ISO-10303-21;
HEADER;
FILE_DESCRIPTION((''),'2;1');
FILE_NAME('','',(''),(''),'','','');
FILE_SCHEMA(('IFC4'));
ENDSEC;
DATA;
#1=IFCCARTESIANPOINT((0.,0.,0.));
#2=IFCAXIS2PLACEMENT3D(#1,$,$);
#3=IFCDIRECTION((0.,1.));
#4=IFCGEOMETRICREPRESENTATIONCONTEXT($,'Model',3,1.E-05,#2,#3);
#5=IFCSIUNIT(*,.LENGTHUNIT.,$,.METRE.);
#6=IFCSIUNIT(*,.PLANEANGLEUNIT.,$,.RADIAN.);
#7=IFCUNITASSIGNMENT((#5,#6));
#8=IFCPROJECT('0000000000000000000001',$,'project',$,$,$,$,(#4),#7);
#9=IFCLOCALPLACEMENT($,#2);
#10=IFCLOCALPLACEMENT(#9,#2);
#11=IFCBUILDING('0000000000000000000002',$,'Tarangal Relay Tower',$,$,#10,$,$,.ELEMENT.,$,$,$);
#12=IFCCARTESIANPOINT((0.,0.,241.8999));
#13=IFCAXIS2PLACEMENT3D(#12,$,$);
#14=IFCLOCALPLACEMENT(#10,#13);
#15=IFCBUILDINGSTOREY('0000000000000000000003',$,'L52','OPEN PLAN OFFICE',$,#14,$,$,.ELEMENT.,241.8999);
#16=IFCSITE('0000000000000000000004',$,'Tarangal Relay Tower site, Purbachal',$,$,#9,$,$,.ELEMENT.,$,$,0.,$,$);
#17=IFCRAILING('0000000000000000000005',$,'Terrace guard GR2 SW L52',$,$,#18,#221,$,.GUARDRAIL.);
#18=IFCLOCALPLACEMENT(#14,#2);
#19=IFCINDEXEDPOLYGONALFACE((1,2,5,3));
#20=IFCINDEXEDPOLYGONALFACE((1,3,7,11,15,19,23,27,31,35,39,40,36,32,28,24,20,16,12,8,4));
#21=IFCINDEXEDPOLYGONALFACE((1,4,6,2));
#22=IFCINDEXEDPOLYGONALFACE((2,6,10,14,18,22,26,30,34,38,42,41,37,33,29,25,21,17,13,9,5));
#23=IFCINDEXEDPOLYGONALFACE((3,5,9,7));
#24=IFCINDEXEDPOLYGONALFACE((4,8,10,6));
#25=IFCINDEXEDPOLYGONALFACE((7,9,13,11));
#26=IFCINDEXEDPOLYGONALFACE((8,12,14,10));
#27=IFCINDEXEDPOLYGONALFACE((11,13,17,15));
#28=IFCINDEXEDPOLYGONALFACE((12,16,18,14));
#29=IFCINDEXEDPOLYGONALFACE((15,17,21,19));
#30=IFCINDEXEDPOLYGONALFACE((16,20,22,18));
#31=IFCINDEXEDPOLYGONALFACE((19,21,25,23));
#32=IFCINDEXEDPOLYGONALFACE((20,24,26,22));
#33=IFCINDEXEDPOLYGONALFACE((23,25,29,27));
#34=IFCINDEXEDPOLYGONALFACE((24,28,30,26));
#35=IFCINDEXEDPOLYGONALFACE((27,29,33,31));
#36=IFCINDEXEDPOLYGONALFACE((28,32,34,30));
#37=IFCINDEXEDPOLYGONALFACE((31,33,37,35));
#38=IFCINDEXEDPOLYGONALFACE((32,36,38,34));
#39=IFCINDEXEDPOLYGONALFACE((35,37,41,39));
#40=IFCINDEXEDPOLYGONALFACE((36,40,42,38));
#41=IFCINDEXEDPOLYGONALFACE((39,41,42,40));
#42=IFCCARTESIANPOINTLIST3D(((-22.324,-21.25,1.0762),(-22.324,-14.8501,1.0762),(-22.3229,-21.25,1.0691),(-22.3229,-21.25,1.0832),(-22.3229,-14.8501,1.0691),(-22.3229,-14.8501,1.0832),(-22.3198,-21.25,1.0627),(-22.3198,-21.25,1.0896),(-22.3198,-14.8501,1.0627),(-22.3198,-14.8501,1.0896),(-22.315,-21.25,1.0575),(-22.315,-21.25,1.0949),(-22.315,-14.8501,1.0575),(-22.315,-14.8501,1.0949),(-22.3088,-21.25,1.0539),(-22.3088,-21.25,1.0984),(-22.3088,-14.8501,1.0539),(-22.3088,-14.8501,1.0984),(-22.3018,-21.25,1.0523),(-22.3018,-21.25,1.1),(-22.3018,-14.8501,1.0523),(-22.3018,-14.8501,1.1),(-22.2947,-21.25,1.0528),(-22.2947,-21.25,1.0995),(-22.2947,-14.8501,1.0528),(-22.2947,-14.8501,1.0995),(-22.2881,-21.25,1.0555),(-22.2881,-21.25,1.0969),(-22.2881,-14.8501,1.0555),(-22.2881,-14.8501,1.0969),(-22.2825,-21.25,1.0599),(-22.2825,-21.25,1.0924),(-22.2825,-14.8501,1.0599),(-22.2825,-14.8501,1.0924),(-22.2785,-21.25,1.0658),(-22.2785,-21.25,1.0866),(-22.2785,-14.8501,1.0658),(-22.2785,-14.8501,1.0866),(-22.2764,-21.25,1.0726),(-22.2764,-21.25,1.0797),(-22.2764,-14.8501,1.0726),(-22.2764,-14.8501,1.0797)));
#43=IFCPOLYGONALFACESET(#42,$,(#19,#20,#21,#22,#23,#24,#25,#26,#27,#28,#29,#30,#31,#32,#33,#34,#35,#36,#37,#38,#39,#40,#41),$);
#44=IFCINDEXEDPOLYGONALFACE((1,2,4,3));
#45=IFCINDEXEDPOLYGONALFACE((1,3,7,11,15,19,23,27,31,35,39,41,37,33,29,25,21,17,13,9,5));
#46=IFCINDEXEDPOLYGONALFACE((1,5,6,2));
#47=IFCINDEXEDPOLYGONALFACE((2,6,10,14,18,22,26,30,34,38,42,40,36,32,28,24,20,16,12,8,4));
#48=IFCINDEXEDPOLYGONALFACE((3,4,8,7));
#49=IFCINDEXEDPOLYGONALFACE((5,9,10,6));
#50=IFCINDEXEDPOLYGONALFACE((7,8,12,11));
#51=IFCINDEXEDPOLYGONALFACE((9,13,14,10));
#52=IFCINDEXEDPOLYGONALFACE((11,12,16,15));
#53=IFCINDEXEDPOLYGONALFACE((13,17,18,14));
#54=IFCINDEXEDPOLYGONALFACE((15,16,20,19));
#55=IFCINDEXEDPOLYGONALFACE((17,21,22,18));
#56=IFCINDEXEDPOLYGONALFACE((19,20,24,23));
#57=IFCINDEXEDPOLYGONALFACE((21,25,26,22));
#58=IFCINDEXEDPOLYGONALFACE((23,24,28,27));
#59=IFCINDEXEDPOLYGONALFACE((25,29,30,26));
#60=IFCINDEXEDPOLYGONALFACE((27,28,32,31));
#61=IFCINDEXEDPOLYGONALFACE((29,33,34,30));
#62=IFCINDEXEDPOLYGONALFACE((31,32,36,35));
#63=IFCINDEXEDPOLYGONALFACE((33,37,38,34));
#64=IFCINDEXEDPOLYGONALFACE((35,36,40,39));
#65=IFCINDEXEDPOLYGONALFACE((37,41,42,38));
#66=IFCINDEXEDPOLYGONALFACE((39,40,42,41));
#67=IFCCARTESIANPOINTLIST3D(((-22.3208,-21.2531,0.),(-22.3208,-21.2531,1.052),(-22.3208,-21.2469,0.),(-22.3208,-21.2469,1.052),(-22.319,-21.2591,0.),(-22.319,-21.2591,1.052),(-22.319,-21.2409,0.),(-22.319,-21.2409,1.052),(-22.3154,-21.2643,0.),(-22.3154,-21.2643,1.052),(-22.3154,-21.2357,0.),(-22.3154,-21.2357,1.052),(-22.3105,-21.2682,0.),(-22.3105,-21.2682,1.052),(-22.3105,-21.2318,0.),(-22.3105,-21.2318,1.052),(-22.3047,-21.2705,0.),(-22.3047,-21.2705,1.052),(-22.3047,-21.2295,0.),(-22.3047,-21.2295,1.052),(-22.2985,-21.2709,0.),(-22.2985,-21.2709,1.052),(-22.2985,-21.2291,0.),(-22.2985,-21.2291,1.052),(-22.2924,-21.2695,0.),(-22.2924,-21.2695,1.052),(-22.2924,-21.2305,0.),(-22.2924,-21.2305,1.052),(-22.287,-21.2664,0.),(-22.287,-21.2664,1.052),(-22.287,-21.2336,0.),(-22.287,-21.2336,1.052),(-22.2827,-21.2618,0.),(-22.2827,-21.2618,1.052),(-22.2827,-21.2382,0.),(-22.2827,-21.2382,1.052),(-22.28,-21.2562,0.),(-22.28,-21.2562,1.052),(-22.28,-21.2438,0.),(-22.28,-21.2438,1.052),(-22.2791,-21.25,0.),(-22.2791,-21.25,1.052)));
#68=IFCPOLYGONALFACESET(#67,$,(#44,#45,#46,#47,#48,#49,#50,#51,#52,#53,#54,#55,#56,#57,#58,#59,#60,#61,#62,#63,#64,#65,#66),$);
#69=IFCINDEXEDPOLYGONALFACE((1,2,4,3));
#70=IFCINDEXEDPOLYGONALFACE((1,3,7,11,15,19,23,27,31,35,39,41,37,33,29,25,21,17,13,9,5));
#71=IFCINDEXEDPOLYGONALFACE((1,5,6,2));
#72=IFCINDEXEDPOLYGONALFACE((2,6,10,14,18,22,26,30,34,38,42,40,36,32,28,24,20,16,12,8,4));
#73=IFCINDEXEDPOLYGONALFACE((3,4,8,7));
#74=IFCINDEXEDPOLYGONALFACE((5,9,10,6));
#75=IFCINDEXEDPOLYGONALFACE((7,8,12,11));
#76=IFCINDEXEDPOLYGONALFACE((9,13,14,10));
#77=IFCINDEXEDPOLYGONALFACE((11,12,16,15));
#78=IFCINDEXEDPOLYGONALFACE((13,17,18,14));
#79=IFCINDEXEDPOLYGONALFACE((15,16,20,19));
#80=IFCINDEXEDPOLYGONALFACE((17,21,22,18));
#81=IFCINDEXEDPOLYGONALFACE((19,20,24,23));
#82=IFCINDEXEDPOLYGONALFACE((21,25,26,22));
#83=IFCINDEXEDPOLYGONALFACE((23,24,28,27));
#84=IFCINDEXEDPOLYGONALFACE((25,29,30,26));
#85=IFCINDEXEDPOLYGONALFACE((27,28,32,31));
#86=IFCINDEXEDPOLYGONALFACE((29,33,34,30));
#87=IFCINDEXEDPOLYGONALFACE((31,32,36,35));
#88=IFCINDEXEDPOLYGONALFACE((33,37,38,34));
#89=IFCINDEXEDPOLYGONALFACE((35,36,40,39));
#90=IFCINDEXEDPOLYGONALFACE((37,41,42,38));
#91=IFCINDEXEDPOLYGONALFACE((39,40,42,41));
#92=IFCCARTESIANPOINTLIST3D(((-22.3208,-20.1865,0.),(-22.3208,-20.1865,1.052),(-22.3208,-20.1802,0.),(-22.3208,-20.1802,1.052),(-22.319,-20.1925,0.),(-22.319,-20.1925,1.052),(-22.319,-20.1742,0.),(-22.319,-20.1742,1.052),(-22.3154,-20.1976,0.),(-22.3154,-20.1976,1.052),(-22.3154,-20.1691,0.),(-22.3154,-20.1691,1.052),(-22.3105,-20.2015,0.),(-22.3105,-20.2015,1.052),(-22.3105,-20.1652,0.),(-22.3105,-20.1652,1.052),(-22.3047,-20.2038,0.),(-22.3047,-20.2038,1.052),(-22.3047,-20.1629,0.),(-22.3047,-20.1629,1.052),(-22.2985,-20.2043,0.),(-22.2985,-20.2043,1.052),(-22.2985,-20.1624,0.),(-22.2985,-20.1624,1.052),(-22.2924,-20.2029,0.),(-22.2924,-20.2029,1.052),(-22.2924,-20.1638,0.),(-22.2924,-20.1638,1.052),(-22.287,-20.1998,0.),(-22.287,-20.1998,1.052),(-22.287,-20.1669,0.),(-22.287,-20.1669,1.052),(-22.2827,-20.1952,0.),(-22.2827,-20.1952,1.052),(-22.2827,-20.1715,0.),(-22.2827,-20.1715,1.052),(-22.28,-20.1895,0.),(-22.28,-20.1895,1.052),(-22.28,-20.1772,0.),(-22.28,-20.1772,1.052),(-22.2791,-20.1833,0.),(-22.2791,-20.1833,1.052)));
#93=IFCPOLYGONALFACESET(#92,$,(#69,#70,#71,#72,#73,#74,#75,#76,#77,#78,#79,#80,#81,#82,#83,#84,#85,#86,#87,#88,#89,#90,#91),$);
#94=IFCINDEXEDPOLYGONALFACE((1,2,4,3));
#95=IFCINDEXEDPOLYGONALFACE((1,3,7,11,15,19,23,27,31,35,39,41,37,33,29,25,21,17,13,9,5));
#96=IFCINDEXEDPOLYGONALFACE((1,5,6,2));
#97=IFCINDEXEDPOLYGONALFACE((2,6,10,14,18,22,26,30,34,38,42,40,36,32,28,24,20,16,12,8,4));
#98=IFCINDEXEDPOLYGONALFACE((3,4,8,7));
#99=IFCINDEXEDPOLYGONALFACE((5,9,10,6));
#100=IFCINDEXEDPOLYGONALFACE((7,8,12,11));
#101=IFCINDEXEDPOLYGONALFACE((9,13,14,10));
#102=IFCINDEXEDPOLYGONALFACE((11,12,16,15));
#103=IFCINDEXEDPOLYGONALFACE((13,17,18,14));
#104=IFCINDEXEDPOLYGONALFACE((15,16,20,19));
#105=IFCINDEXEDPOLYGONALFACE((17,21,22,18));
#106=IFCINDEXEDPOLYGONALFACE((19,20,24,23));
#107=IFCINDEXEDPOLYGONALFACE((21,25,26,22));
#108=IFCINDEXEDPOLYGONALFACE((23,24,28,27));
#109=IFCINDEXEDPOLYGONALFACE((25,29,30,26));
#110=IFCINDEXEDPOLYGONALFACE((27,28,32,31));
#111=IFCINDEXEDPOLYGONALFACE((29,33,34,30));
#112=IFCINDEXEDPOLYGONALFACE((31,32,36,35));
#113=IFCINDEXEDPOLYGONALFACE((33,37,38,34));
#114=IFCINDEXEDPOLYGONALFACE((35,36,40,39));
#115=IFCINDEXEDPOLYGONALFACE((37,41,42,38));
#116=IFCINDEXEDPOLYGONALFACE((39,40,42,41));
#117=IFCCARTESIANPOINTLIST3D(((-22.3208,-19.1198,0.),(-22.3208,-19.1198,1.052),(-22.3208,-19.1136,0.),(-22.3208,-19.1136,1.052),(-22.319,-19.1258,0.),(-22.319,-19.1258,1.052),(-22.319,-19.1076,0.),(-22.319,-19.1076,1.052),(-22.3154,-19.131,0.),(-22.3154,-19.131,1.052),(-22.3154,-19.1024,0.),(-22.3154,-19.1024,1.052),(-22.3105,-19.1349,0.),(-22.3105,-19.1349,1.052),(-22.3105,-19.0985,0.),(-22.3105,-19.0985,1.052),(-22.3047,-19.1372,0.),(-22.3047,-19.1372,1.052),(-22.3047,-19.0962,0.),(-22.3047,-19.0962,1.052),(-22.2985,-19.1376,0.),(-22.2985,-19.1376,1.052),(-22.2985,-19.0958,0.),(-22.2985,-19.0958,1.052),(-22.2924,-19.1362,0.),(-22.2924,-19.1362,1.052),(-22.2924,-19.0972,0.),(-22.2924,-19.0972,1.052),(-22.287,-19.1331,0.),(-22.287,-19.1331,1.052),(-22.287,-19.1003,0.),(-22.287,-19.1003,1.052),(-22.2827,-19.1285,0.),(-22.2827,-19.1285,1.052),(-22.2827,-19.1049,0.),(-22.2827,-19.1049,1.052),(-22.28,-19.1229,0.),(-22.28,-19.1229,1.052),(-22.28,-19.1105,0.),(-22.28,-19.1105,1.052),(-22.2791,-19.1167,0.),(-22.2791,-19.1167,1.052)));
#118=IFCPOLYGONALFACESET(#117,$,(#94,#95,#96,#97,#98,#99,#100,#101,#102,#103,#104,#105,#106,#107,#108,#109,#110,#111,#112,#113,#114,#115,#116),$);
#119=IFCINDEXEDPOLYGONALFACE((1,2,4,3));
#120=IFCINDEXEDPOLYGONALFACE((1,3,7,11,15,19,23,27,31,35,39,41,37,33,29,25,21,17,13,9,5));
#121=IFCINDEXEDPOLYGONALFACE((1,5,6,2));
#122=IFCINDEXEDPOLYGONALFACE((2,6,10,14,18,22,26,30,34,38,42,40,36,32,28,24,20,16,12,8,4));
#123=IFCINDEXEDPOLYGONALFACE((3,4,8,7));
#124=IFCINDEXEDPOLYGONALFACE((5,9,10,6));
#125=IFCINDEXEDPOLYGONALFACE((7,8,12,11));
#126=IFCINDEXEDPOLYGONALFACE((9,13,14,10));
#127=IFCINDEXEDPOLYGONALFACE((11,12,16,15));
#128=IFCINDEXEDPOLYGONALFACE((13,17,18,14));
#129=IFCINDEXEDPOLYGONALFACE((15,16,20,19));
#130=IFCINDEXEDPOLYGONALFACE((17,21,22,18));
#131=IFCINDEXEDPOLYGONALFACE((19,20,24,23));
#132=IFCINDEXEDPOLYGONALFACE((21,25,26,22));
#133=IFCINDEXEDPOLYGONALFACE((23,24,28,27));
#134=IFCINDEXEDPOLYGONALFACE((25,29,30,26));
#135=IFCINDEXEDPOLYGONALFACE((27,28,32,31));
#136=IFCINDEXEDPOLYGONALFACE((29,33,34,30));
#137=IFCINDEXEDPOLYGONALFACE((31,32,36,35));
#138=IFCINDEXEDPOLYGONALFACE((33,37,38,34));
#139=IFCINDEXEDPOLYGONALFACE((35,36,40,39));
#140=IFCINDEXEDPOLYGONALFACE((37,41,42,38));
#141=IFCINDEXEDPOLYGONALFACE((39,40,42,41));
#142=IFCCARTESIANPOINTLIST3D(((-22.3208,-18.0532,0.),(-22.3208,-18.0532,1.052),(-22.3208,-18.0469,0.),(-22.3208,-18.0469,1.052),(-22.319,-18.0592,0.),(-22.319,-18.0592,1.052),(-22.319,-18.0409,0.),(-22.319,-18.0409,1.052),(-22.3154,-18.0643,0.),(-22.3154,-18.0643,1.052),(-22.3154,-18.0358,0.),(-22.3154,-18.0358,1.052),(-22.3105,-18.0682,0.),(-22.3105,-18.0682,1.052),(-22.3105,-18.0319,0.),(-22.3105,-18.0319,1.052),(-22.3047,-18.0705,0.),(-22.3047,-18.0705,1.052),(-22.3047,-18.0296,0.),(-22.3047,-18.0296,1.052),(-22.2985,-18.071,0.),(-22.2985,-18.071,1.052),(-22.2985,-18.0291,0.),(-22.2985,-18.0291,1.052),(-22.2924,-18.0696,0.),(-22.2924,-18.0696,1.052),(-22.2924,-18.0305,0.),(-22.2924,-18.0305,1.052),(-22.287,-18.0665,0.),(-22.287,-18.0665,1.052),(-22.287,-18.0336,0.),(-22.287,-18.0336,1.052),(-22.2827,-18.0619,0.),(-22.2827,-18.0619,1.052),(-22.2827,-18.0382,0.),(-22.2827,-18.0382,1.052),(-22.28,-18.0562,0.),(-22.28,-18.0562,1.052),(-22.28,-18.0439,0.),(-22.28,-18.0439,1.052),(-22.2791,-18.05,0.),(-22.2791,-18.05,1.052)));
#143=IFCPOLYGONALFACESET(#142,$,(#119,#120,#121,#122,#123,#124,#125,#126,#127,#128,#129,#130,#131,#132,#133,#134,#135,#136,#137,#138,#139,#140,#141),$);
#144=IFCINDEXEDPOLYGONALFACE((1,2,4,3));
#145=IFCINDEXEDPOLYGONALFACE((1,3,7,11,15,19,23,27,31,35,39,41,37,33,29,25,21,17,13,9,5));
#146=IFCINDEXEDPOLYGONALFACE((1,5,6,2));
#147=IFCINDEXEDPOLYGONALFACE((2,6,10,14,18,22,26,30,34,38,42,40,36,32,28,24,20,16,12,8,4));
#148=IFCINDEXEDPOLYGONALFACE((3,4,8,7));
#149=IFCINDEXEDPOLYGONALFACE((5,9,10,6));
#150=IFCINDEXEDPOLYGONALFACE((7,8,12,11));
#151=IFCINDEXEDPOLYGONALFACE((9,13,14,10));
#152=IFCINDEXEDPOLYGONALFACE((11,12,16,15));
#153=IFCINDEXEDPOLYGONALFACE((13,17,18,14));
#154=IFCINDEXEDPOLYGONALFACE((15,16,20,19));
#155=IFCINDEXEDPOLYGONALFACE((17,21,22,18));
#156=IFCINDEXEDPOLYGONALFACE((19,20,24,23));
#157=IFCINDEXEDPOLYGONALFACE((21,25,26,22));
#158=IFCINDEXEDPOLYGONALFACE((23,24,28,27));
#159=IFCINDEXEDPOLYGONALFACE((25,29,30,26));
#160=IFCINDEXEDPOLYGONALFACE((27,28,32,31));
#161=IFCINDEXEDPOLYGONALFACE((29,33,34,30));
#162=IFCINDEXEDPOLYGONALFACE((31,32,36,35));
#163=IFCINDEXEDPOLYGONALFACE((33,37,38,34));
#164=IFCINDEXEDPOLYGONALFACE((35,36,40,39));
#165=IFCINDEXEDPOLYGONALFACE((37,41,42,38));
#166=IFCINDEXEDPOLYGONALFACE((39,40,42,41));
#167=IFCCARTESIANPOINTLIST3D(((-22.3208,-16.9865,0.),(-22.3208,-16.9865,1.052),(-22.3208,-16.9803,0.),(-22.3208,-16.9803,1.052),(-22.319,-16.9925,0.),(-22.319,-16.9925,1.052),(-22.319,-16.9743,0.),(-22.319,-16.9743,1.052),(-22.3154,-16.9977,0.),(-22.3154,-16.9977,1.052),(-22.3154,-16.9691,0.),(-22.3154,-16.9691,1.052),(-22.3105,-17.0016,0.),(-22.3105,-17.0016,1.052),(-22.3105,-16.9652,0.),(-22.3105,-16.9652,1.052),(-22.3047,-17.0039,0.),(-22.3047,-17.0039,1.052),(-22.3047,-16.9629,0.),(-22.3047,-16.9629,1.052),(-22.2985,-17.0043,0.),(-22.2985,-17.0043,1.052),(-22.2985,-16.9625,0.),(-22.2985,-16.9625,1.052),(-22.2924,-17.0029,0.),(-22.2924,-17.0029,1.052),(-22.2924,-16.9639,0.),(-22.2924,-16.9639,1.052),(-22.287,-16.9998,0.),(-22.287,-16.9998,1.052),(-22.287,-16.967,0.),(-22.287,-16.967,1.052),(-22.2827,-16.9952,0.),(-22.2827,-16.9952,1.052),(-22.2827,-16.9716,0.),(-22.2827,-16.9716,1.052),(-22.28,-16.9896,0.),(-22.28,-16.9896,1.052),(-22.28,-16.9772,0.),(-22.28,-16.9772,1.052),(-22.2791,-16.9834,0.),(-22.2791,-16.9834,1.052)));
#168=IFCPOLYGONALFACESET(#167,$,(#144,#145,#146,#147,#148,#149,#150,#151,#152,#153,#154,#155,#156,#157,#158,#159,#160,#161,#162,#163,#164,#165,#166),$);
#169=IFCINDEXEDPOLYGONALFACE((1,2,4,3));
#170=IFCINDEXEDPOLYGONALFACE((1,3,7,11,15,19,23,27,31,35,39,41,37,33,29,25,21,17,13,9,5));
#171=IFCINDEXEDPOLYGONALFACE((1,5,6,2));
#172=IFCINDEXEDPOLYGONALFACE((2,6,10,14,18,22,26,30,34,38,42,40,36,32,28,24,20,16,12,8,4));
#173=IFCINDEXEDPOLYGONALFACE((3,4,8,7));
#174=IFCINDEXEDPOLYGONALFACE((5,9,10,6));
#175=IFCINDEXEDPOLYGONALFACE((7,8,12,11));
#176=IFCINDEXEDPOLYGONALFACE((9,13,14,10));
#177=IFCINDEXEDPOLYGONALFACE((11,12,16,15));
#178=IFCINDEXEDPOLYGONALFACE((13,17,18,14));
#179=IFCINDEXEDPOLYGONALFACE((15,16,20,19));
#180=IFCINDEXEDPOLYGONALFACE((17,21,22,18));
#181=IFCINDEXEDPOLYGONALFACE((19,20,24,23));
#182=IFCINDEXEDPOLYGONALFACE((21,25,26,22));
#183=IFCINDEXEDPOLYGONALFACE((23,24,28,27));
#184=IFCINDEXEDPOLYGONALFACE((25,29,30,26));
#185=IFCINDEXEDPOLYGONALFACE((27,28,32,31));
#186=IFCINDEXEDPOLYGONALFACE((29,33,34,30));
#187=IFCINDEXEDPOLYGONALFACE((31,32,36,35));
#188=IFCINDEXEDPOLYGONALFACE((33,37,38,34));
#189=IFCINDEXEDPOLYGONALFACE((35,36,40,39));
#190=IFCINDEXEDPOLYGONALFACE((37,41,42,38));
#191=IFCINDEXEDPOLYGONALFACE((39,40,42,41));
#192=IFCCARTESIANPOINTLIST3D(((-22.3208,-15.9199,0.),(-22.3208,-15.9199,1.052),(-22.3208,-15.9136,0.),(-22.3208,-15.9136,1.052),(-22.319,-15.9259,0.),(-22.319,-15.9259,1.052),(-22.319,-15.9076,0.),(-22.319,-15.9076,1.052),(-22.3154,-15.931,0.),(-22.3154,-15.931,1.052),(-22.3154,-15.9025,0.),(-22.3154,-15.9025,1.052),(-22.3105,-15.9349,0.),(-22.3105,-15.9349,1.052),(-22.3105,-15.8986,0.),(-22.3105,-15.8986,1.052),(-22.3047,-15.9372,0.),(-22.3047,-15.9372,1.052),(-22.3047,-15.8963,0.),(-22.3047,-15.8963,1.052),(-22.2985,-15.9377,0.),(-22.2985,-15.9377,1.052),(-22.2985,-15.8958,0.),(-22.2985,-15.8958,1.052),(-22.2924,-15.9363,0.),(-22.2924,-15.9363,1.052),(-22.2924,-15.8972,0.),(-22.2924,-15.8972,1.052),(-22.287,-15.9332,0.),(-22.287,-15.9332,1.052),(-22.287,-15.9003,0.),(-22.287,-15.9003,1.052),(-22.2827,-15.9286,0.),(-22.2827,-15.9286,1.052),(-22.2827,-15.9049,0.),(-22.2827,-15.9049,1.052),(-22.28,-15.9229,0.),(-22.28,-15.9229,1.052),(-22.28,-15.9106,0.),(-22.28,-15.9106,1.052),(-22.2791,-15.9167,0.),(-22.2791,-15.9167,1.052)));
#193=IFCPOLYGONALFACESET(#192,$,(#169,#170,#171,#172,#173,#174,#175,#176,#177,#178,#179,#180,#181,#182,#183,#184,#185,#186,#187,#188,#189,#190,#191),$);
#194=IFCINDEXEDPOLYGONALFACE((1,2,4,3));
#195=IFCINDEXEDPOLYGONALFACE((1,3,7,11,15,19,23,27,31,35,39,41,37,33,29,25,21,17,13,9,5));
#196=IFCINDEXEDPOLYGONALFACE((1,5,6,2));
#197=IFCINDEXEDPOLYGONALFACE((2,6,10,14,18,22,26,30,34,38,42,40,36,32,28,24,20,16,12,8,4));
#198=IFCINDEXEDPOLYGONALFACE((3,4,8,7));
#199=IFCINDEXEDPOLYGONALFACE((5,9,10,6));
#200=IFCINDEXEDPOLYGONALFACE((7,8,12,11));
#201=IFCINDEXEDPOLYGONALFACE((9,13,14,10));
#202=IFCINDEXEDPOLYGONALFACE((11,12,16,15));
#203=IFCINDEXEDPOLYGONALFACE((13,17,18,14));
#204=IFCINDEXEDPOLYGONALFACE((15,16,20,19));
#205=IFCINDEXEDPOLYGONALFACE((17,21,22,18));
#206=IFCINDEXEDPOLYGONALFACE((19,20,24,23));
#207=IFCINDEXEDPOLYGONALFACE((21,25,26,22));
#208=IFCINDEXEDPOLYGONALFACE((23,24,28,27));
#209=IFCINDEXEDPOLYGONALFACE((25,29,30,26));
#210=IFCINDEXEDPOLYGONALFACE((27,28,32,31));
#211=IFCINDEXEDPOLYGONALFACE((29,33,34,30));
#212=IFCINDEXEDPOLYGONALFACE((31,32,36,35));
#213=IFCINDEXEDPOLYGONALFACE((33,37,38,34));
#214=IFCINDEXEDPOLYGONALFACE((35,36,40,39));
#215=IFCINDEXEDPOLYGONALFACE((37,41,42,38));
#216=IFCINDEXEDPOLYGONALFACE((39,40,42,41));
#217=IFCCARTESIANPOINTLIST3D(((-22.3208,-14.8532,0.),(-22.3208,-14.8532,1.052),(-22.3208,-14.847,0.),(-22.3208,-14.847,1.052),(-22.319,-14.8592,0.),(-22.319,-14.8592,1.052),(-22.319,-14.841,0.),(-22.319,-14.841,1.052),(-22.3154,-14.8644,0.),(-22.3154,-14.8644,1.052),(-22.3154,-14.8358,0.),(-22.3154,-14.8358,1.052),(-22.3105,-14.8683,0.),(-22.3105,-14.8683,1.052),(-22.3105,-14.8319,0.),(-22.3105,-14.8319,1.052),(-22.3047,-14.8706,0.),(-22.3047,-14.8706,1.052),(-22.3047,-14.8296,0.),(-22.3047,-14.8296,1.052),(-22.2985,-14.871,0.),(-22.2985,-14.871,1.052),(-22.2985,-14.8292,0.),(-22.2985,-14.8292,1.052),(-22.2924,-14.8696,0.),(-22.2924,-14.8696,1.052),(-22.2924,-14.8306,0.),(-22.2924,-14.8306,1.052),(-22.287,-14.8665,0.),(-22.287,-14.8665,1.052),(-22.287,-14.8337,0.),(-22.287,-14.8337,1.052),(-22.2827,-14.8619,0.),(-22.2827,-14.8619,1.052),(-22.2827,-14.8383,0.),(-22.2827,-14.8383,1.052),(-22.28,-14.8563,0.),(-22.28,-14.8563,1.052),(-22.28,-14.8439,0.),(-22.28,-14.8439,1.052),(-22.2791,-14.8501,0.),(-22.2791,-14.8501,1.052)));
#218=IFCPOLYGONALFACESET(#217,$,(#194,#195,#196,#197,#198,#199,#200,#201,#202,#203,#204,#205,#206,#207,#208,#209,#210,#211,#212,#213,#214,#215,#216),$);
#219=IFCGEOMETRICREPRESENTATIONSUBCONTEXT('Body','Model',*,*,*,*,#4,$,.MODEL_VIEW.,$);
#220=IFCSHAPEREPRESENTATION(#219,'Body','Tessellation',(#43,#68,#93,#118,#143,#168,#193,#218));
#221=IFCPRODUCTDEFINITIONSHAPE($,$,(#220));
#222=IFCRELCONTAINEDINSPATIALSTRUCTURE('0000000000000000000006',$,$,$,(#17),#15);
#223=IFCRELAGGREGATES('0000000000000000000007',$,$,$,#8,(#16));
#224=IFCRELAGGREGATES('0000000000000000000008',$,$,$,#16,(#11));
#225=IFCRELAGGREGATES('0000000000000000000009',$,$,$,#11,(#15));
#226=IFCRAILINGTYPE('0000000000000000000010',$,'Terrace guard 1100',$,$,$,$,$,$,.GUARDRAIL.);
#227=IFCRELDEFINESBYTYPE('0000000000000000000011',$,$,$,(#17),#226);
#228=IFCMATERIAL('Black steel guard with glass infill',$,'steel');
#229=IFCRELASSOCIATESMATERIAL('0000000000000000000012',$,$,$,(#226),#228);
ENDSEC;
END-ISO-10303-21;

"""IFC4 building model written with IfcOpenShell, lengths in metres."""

from ifc_helpers import new_model, si_unit, direction, frame, origin, origin_2d, place, context, subcontext, project, spatial, circle, extrude, material, type_object, element, save


model = new_model("IFC4")

# Units and contexts
model_context = context("Model", 3, precision=1e-05, world=origin(), true_north=direction((0.0, 1.0)))
body_context = subcontext(model_context, "Body", "Model", "MODEL_VIEW")
ifc_project = project(units=[si_unit("LENGTHUNIT", "METRE"), si_unit("PLANEANGLEUNIT", "RADIAN")], contexts=[model_context])

# Site, building, storey
site_placement = place(None, origin())
site = spatial("IfcSite", under=ifc_project, at=site_placement, Name="Tarangal Relay Tower site, Purbachal", CompositionType="ELEMENT", RefElevation=0.0)
building_placement = place(site_placement, origin())
building = spatial("IfcBuilding", under=site, at=building_placement, Name="Tarangal Relay Tower", CompositionType="ELEMENT")
storey_placement = place(building_placement, frame((0.0, 0.0, 241.8999)))
storey = spatial("IfcBuildingStorey", under=building, at=storey_placement, Name="L52", Description="OPEN PLAN OFFICE", CompositionType="ELEMENT", Elevation=241.8999)

# Railing
ifc_material_1 = material(Name="Black steel guard with glass infill", Category="steel")
railing_type = type_object("IfcRailingType", Name="Terrace guard 1100", PredefinedType="GUARDRAIL", material=ifc_material_1)
railing_1_placement = place(storey_placement, frame((-22.3, -21.25, 0.0)))
element("IfcRailing", 1, at=railing_1_placement, inside=storey, type_object=railing_type, Name="Terrace guard GR2 SW L52", PredefinedType="GUARDRAIL", context=body_context, shape_type="SweptSolid", body=[
    extrude(circle(Radius=0.0239, at=origin_2d()), frame((0.0, 0.0, 1.0762), z_axis=(0.0, 1.0, 0.0), x_axis=(-1.0, 0.0, 0.0)), (0.0, 0.0, 1.0), 6.3999),
    extrude(circle(Radius=0.021, at=origin_2d()), origin(), (0.0, 0.0, 1.0), 1.052),
    extrude(circle(Radius=0.021, at=origin_2d()), frame((0.0, 1.0667, 0.0)), (0.0, 0.0, 1.0), 1.052),
    extrude(circle(Radius=0.021, at=origin_2d()), frame((0.0, 2.1333, 0.0)), (0.0, 0.0, 1.0), 1.052),
    extrude(circle(Radius=0.021, at=origin_2d()), frame((0.0, 3.2, 0.0)), (0.0, 0.0, 1.0), 1.052),
    extrude(circle(Radius=0.021, at=origin_2d()), frame((0.0, 4.2666, 0.0)), (0.0, 0.0, 1.0), 1.052),
    extrude(circle(Radius=0.021, at=origin_2d()), frame((0.0, 5.3333, 0.0)), (0.0, 0.0, 1.0), 1.052),
    extrude(circle(Radius=0.021, at=origin_2d()), frame((0.0, 6.3999, 0.0)), (0.0, 0.0, 1.0), 1.052),
])

save(model, "model.ifc")
